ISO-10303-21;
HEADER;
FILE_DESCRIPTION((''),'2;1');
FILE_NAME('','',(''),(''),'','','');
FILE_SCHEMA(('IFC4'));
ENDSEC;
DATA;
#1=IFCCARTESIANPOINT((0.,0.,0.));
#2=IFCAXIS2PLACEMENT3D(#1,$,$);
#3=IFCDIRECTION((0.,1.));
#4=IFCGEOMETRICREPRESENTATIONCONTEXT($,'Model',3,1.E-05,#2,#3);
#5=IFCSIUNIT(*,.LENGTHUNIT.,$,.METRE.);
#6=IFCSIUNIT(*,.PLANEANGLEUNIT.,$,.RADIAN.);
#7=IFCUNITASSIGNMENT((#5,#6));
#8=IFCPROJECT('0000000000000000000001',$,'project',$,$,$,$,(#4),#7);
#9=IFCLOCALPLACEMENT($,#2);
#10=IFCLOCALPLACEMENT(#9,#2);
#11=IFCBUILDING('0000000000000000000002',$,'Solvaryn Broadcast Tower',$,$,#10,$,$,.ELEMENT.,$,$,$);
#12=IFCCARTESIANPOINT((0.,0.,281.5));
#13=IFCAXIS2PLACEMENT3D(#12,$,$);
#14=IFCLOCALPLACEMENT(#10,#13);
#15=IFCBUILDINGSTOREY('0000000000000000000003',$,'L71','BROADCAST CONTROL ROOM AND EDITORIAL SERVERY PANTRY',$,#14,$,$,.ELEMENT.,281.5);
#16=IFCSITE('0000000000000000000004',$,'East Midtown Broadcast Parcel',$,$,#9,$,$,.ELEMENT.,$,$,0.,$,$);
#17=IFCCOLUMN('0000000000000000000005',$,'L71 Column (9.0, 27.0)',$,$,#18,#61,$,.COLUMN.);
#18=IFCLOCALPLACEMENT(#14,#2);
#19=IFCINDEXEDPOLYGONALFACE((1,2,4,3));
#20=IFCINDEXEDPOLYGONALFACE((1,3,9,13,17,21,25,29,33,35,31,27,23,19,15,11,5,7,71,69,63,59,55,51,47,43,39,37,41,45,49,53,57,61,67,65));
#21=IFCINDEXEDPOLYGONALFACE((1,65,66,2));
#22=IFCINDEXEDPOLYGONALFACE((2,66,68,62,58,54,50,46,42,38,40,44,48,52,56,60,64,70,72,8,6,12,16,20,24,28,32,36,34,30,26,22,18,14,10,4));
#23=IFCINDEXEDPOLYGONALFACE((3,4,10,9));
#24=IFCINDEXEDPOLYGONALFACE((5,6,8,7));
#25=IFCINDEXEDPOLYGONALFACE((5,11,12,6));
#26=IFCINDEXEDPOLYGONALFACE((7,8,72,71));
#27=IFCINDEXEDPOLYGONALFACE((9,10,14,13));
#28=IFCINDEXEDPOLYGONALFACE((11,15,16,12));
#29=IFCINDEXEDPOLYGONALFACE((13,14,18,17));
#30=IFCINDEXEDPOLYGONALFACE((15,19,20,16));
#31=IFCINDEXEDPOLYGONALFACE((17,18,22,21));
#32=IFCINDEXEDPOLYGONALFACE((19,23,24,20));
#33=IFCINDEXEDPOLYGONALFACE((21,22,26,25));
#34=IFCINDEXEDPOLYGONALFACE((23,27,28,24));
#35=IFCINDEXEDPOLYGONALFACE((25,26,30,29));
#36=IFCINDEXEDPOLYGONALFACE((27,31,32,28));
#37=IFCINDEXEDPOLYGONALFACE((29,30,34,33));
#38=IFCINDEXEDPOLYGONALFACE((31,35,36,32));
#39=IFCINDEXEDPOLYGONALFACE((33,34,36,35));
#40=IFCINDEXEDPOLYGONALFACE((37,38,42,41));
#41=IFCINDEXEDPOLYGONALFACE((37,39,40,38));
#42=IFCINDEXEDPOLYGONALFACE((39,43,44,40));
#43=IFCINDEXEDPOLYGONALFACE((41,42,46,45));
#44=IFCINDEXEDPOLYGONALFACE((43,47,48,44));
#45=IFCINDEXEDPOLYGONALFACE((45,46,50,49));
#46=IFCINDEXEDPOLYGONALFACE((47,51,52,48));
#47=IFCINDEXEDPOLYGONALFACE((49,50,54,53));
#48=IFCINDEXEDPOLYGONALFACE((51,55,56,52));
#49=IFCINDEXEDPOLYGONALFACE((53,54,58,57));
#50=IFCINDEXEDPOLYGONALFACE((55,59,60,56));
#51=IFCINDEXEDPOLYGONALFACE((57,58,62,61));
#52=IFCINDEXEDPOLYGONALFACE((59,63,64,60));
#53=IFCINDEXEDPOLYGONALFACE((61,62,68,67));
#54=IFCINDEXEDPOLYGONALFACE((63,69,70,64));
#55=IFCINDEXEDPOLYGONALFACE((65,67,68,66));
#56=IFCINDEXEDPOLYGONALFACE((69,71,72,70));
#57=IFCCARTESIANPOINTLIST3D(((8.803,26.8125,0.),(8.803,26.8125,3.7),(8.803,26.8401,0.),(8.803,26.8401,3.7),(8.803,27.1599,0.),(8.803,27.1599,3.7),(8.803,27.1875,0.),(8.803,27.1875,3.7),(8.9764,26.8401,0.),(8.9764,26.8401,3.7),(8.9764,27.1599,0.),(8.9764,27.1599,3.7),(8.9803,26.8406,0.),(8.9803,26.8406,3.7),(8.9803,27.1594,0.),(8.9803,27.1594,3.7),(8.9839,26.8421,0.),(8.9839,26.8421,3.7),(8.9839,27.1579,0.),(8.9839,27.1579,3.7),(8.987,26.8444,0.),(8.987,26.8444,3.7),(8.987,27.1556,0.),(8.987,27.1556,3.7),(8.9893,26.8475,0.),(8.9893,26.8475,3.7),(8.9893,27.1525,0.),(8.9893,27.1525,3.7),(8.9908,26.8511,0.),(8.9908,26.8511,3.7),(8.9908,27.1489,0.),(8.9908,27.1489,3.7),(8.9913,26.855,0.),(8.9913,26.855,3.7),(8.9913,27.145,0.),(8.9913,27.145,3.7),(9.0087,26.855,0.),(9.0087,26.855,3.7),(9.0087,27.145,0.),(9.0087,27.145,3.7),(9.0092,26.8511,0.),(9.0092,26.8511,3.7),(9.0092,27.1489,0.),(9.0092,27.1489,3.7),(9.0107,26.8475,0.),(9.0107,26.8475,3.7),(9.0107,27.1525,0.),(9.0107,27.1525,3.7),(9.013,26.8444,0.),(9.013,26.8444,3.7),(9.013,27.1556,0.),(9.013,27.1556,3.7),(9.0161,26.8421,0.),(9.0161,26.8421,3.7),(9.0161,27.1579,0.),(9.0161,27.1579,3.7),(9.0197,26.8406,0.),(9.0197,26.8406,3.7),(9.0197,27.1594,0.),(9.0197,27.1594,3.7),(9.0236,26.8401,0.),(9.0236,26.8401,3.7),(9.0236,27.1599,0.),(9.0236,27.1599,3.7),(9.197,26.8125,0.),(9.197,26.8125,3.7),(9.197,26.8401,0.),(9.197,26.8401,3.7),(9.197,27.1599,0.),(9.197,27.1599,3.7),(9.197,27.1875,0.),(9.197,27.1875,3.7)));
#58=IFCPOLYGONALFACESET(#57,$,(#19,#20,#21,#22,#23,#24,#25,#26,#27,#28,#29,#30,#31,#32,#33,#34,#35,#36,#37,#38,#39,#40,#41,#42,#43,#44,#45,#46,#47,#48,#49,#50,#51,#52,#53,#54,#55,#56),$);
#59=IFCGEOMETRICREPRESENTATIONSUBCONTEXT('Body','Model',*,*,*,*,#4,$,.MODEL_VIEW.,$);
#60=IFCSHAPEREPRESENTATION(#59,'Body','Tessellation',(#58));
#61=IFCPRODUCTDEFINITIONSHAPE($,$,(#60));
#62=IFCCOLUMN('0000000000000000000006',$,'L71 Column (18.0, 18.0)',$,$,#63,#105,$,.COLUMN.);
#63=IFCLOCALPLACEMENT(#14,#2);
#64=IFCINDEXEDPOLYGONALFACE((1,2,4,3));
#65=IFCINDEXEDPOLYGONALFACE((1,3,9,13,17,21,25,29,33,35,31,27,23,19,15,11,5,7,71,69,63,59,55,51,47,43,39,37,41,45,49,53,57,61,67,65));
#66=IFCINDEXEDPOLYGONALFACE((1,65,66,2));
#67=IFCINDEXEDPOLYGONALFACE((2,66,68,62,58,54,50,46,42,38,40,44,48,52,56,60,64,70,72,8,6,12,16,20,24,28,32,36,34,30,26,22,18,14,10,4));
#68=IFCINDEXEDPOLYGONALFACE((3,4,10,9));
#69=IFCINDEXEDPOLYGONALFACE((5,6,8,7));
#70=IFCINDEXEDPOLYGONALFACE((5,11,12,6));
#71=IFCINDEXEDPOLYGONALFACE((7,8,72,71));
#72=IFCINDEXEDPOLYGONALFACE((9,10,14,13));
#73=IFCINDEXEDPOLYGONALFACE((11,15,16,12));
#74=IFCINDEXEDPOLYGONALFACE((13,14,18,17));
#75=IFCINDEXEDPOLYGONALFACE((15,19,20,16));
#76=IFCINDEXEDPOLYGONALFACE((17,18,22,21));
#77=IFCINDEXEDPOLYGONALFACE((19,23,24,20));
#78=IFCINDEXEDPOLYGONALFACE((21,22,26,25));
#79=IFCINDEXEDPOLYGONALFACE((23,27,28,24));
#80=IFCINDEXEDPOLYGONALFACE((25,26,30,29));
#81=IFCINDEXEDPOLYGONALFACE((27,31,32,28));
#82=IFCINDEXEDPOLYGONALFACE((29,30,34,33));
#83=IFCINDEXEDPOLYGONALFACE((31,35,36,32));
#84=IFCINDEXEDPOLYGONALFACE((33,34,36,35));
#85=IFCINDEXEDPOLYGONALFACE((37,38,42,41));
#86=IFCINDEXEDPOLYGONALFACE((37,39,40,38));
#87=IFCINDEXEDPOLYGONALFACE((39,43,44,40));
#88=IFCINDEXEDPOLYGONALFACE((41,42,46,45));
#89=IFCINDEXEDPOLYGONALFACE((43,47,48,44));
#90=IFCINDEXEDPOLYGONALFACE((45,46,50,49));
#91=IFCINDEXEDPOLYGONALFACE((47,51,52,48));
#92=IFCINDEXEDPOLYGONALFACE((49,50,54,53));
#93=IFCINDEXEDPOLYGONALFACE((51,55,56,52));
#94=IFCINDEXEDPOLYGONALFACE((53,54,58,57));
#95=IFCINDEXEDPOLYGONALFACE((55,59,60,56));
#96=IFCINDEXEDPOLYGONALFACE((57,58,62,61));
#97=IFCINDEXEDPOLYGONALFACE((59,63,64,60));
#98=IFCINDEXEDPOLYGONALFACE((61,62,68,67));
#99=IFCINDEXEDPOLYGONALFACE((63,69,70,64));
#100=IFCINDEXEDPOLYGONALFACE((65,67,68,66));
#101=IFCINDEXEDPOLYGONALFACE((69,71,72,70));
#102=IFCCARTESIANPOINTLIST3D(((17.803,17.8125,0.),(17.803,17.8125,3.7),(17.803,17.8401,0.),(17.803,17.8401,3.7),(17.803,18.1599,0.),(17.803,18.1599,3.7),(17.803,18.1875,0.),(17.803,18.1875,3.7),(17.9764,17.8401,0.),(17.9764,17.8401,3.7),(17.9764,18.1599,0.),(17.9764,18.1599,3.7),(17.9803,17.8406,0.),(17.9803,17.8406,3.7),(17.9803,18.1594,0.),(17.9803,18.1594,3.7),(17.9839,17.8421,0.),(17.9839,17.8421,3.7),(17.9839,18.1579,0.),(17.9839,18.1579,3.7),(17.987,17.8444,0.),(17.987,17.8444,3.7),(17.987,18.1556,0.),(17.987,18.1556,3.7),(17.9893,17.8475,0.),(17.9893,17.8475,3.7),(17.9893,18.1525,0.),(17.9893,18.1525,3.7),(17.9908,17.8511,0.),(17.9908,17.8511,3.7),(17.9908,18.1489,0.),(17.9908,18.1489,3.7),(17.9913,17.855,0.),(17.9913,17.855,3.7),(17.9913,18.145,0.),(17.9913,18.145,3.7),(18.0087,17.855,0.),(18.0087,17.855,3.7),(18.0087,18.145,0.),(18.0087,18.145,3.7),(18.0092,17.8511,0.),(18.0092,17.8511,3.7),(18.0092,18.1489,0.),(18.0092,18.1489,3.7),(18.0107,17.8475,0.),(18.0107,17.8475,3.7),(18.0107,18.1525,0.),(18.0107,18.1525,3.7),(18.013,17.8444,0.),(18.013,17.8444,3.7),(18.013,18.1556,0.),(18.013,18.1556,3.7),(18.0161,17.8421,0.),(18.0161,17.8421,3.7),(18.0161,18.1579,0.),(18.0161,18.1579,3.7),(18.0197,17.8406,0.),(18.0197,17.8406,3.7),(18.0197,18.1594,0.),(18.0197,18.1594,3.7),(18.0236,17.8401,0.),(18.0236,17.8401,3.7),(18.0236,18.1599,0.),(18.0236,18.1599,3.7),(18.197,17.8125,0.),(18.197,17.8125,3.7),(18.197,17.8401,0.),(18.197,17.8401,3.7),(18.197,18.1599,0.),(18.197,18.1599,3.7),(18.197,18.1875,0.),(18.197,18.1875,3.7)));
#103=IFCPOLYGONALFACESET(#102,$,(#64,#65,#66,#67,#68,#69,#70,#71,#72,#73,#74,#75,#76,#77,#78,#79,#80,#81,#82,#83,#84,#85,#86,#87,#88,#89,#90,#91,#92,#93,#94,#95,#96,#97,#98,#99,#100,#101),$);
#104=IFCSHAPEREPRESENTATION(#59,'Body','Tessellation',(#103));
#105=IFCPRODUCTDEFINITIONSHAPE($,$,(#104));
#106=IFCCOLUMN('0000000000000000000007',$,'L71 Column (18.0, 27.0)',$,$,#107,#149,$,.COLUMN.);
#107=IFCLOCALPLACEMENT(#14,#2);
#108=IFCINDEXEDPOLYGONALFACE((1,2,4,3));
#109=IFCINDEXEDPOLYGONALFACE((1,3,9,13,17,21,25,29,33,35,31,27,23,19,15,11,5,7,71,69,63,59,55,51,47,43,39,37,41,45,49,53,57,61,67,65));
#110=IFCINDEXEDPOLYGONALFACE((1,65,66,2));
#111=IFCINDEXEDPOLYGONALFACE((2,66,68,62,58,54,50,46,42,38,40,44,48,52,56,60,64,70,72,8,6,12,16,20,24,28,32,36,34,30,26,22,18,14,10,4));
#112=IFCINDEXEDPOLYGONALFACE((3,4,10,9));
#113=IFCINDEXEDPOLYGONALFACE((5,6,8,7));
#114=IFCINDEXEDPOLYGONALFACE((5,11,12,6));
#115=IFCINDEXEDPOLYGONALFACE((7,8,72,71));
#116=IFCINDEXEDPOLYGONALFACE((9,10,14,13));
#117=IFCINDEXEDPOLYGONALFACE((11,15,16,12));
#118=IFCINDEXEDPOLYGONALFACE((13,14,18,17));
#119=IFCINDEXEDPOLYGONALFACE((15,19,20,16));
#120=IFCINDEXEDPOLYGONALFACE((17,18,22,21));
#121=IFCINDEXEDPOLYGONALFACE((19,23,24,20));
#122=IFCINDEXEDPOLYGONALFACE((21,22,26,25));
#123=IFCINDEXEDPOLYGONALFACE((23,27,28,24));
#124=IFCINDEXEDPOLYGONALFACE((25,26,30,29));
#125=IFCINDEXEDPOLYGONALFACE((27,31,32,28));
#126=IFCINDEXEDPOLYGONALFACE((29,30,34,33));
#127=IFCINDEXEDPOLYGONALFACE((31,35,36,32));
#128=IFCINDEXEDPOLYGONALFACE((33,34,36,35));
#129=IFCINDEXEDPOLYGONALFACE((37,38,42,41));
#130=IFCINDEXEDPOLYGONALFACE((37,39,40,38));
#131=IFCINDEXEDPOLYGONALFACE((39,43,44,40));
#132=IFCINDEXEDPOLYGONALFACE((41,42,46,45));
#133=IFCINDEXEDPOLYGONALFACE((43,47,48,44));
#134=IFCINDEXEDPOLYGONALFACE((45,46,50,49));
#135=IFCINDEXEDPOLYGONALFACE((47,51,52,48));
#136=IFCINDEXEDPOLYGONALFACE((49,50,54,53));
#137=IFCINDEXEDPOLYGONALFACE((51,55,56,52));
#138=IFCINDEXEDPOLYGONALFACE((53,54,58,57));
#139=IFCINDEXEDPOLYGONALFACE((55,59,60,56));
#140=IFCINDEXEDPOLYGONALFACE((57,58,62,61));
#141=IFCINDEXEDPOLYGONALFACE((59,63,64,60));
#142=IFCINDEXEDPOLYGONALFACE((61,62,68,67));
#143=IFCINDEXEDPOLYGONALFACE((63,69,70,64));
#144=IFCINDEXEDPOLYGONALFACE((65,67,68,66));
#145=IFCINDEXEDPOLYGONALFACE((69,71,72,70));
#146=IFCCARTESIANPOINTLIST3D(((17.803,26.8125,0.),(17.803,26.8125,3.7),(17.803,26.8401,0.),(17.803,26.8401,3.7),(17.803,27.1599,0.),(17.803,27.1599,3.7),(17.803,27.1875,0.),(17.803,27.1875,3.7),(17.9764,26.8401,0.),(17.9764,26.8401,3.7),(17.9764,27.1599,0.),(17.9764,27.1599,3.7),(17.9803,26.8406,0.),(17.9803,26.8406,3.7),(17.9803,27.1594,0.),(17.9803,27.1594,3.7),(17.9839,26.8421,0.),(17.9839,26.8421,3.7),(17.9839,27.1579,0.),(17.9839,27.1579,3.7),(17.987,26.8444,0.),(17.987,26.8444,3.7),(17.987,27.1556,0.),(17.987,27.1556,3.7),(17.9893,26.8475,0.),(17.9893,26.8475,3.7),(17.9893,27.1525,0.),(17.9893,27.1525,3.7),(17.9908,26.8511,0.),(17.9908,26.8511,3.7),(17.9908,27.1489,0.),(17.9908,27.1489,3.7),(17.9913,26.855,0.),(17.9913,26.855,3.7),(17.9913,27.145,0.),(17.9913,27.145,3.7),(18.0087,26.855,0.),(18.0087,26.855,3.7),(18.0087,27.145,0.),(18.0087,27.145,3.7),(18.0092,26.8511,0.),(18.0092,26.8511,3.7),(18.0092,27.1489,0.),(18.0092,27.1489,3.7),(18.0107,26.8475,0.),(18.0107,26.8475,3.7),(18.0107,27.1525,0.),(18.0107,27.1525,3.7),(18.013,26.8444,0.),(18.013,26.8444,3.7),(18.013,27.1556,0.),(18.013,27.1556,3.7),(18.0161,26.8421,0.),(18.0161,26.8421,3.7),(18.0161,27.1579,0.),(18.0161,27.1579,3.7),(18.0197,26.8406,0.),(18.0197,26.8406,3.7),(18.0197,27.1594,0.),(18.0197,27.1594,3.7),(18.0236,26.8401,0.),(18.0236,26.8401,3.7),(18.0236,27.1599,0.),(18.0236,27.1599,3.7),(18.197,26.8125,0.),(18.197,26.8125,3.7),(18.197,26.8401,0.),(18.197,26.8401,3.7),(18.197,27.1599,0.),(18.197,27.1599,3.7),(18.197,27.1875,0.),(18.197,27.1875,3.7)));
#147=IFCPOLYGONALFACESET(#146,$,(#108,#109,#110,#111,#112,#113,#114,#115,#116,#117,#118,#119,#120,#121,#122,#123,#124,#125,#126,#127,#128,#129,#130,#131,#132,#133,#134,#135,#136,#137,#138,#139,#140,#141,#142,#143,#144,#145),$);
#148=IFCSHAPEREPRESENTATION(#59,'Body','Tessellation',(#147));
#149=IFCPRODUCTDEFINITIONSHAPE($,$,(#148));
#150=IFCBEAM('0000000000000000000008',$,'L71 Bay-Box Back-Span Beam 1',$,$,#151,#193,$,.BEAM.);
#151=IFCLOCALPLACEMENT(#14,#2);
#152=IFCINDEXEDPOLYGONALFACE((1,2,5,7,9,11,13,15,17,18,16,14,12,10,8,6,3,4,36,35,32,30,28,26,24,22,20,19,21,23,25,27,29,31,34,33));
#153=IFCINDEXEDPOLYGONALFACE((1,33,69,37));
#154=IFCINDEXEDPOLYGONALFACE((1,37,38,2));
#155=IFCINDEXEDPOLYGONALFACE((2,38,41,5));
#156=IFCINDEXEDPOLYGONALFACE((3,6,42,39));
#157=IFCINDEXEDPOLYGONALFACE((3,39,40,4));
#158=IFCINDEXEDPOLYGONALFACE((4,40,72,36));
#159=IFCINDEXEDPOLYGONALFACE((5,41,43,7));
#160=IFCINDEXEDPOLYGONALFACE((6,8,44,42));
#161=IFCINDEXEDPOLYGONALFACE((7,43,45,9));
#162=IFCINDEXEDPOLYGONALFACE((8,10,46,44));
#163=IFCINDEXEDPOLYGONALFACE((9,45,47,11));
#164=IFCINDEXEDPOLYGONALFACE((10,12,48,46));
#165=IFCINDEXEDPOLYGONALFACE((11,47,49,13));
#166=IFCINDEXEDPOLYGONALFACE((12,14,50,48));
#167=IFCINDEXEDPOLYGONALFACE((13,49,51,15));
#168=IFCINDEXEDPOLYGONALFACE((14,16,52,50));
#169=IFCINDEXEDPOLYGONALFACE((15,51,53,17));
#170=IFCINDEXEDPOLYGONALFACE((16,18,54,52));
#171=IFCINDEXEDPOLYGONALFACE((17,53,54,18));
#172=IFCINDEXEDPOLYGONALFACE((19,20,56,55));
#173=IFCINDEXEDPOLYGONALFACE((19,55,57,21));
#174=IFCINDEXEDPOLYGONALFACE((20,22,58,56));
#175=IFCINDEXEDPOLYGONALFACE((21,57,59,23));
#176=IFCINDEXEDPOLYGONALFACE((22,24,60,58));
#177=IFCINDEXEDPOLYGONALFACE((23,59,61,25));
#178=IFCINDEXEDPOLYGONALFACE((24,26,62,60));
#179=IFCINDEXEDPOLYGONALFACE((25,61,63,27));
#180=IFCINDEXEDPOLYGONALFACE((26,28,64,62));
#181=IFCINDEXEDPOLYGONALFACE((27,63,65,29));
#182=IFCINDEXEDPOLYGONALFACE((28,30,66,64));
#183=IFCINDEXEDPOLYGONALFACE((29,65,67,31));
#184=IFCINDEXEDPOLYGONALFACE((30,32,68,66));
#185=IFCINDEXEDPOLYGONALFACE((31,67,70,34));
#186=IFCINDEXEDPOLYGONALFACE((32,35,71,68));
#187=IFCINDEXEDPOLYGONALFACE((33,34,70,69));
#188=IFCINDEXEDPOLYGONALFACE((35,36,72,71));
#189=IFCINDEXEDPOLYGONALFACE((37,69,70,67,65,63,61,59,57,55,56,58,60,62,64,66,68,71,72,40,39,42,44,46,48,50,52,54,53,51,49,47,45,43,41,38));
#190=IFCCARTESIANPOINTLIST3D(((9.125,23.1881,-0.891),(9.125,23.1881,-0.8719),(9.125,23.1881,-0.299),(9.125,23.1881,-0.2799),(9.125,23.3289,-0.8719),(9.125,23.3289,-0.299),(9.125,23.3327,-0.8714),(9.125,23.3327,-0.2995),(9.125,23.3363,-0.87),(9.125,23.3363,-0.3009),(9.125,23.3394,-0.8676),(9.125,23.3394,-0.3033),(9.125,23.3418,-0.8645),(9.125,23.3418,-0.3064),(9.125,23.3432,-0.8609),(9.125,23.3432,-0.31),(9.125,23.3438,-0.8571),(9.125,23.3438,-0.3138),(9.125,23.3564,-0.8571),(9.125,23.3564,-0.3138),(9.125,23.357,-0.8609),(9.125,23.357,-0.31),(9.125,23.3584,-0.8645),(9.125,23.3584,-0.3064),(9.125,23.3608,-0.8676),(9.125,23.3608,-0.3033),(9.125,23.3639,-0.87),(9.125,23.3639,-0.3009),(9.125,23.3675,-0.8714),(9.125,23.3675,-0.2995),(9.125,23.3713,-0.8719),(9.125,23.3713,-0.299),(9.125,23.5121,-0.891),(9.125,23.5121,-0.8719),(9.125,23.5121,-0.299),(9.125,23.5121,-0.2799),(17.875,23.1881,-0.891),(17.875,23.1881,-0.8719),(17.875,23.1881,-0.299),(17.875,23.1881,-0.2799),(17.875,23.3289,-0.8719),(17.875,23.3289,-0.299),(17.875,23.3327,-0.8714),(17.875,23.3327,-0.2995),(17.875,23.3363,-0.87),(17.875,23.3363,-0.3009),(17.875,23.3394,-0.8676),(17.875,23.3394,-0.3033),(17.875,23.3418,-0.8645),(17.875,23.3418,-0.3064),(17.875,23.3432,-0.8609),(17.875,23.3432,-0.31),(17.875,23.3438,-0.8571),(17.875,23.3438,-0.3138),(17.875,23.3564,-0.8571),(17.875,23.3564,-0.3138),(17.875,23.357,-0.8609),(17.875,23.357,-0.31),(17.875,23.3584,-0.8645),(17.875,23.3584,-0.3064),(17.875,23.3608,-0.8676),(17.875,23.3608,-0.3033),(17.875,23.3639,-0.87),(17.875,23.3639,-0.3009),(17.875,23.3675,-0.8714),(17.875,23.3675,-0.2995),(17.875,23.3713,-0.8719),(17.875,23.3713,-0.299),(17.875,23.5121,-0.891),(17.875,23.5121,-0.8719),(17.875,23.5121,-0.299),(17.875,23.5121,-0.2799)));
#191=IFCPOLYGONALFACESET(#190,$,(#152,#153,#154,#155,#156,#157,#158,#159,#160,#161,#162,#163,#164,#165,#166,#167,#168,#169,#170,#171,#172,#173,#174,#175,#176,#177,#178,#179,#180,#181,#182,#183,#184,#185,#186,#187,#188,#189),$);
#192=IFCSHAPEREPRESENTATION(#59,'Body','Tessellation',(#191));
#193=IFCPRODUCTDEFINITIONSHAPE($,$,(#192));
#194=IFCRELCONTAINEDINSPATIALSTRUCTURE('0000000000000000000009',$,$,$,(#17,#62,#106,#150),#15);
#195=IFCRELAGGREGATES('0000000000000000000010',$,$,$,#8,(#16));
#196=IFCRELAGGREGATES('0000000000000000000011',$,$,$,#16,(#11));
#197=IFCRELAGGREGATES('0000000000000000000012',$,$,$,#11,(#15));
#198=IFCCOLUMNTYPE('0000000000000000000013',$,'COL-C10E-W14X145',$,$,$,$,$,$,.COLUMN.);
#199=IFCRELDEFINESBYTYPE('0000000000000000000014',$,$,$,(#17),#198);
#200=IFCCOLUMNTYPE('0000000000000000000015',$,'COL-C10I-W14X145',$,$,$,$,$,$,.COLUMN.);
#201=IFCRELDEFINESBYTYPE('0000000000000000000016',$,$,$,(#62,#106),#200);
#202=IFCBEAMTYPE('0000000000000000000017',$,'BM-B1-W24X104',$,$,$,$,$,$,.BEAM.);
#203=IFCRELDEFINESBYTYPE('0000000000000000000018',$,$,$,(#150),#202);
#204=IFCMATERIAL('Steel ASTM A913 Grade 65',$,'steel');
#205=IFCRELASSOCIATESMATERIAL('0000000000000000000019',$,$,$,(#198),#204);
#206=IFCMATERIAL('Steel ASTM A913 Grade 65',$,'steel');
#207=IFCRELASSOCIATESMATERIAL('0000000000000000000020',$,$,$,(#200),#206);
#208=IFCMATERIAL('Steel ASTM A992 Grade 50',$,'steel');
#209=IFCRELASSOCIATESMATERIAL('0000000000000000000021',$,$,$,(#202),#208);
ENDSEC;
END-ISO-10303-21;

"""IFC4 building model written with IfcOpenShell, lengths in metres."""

from ifc_helpers import new_model, si_unit, direction, frame, origin, origin_2d, place, context, subcontext, project, spatial, i_section, extrude, material, material_profile, profile_set, type_object, element, save


model = new_model("IFC4")

# Units and contexts
model_context = context("Model", 3, precision=1e-05, world=origin(), true_north=direction((0.0, 1.0)))
body_context = subcontext(model_context, "Body", "Model", "MODEL_VIEW")
ifc_project = project(units=[si_unit("LENGTHUNIT", "METRE"), si_unit("PLANEANGLEUNIT", "RADIAN")], contexts=[model_context])

# Site, building, storey
site_placement = place(None, origin())
site = spatial("IfcSite", under=ifc_project, at=site_placement, Name="East Midtown Broadcast Parcel", CompositionType="ELEMENT", RefElevation=0.0)
building_placement = place(site_placement, origin())
building = spatial("IfcBuilding", under=site, at=building_placement, Name="Solvaryn Broadcast Tower", CompositionType="ELEMENT")
storey_placement = place(building_placement, frame((0.0, 0.0, 281.5)))
storey = spatial("IfcBuildingStorey", under=building, at=storey_placement, Name="L71", Description="BROADCAST CONTROL ROOM AND EDITORIAL SERVERY PANTRY", CompositionType="ELEMENT", Elevation=281.5)

# Columns
ifc_material_1 = material(Name="Steel ASTM A913 Grade 65", Category="steel")
ifc_material_profile_1 = material_profile(ifc_material_1, i_section(OverallWidth=0.394, OverallDepth=0.375, WebThickness=0.0173, FlangeThickness=0.0276, FilletRadius=0.0149, at=origin_2d()))
ifc_profile_set_1 = profile_set([ifc_material_profile_1], Name="Steel ASTM A913 Grade 65")
column_type_1 = type_object("IfcColumnType", Name="COL-C10E-W14X145", PredefinedType="COLUMN", material=ifc_profile_set_1)
column_placement = place(storey_placement, frame((9.0, 27.0, 0.0), z_axis=(0.0, 0.0, 1.0), x_axis=(1.0, 0.0, 0.0)))
element("IfcColumn", 1, at=column_placement, inside=storey, type_object=column_type_1, Name="L71 Column (9.0, 27.0)", PredefinedType="COLUMN", context=body_context, shape_type="SweptSolid", body=[
    extrude(i_section(OverallWidth=0.394, OverallDepth=0.375, WebThickness=0.0173, FlangeThickness=0.0276, FilletRadius=0.0149, at=origin_2d()), origin(), (0.0, 0.0, 1.0), 3.7),
])
ifc_material_2 = material(Name="Steel ASTM A913 Grade 65", Category="steel")
ifc_material_profile_2 = material_profile(ifc_material_2, i_section(OverallWidth=0.394, OverallDepth=0.375, WebThickness=0.0173, FlangeThickness=0.0276, FilletRadius=0.0149, at=origin_2d()))
ifc_profile_set_2 = profile_set([ifc_material_profile_2], Name="Steel ASTM A913 Grade 65")
column_type_2 = type_object("IfcColumnType", Name="COL-C10I-W14X145", PredefinedType="COLUMN", material=ifc_profile_set_2)
for number, where, z_axis, x_axis, name in (
    (2, (18.0, 18.0, 0.0), (0.0, 0.0, 1.0), (1.0, 0.0, 0.0), "L71 Column (18.0, 18.0)"),
    (3, (18.0, 27.0, 0.0), (0.0, 0.0, 1.0), (1.0, 0.0, 0.0), "L71 Column (18.0, 27.0)"),
):
    element("IfcColumn", number, at=place(storey_placement, frame(where, z_axis=z_axis, x_axis=x_axis)), inside=storey, type_object=column_type_2, Name=name, PredefinedType="COLUMN", context=body_context, shape_type="SweptSolid", body=[
        extrude(i_section(OverallWidth=0.394, OverallDepth=0.375, WebThickness=0.0173, FlangeThickness=0.0276, FilletRadius=0.0149, at=origin_2d()), origin(), (0.0, 0.0, 1.0), 3.7),
    ])

# Beam
ifc_material_3 = material(Name="Steel ASTM A992 Grade 50", Category="steel")
ifc_material_profile_3 = material_profile(ifc_material_3, i_section(OverallWidth=0.324, OverallDepth=0.6111, WebThickness=0.0127, FlangeThickness=0.019, FilletRadius=0.0149, at=origin_2d()))
ifc_profile_set_3 = profile_set([ifc_material_profile_3], Name="Steel ASTM A992 Grade 50")
beam_type_1 = type_object("IfcBeamType", Name="BM-B1-W24X104", PredefinedType="BEAM", material=ifc_profile_set_3)
beam_1_placement = place(storey_placement, frame((17.875, 23.3501, -0.5854), z_axis=(-1.0, 0.0, 0.0), x_axis=(0.0, -1.0, 0.0)))
element("IfcBeam", 4, at=beam_1_placement, inside=storey, type_object=beam_type_1, Name="L71 Bay-Box Back-Span Beam 1", PredefinedType="BEAM", context=body_context, shape_type="SweptSolid", body=[
    extrude(i_section(OverallWidth=0.324, OverallDepth=0.6111, WebThickness=0.0127, FlangeThickness=0.019, FilletRadius=0.0149, at=origin_2d()), origin(), (0.0, 0.0, 1.0), 8.75),
])

save(model, "model.ifc")
